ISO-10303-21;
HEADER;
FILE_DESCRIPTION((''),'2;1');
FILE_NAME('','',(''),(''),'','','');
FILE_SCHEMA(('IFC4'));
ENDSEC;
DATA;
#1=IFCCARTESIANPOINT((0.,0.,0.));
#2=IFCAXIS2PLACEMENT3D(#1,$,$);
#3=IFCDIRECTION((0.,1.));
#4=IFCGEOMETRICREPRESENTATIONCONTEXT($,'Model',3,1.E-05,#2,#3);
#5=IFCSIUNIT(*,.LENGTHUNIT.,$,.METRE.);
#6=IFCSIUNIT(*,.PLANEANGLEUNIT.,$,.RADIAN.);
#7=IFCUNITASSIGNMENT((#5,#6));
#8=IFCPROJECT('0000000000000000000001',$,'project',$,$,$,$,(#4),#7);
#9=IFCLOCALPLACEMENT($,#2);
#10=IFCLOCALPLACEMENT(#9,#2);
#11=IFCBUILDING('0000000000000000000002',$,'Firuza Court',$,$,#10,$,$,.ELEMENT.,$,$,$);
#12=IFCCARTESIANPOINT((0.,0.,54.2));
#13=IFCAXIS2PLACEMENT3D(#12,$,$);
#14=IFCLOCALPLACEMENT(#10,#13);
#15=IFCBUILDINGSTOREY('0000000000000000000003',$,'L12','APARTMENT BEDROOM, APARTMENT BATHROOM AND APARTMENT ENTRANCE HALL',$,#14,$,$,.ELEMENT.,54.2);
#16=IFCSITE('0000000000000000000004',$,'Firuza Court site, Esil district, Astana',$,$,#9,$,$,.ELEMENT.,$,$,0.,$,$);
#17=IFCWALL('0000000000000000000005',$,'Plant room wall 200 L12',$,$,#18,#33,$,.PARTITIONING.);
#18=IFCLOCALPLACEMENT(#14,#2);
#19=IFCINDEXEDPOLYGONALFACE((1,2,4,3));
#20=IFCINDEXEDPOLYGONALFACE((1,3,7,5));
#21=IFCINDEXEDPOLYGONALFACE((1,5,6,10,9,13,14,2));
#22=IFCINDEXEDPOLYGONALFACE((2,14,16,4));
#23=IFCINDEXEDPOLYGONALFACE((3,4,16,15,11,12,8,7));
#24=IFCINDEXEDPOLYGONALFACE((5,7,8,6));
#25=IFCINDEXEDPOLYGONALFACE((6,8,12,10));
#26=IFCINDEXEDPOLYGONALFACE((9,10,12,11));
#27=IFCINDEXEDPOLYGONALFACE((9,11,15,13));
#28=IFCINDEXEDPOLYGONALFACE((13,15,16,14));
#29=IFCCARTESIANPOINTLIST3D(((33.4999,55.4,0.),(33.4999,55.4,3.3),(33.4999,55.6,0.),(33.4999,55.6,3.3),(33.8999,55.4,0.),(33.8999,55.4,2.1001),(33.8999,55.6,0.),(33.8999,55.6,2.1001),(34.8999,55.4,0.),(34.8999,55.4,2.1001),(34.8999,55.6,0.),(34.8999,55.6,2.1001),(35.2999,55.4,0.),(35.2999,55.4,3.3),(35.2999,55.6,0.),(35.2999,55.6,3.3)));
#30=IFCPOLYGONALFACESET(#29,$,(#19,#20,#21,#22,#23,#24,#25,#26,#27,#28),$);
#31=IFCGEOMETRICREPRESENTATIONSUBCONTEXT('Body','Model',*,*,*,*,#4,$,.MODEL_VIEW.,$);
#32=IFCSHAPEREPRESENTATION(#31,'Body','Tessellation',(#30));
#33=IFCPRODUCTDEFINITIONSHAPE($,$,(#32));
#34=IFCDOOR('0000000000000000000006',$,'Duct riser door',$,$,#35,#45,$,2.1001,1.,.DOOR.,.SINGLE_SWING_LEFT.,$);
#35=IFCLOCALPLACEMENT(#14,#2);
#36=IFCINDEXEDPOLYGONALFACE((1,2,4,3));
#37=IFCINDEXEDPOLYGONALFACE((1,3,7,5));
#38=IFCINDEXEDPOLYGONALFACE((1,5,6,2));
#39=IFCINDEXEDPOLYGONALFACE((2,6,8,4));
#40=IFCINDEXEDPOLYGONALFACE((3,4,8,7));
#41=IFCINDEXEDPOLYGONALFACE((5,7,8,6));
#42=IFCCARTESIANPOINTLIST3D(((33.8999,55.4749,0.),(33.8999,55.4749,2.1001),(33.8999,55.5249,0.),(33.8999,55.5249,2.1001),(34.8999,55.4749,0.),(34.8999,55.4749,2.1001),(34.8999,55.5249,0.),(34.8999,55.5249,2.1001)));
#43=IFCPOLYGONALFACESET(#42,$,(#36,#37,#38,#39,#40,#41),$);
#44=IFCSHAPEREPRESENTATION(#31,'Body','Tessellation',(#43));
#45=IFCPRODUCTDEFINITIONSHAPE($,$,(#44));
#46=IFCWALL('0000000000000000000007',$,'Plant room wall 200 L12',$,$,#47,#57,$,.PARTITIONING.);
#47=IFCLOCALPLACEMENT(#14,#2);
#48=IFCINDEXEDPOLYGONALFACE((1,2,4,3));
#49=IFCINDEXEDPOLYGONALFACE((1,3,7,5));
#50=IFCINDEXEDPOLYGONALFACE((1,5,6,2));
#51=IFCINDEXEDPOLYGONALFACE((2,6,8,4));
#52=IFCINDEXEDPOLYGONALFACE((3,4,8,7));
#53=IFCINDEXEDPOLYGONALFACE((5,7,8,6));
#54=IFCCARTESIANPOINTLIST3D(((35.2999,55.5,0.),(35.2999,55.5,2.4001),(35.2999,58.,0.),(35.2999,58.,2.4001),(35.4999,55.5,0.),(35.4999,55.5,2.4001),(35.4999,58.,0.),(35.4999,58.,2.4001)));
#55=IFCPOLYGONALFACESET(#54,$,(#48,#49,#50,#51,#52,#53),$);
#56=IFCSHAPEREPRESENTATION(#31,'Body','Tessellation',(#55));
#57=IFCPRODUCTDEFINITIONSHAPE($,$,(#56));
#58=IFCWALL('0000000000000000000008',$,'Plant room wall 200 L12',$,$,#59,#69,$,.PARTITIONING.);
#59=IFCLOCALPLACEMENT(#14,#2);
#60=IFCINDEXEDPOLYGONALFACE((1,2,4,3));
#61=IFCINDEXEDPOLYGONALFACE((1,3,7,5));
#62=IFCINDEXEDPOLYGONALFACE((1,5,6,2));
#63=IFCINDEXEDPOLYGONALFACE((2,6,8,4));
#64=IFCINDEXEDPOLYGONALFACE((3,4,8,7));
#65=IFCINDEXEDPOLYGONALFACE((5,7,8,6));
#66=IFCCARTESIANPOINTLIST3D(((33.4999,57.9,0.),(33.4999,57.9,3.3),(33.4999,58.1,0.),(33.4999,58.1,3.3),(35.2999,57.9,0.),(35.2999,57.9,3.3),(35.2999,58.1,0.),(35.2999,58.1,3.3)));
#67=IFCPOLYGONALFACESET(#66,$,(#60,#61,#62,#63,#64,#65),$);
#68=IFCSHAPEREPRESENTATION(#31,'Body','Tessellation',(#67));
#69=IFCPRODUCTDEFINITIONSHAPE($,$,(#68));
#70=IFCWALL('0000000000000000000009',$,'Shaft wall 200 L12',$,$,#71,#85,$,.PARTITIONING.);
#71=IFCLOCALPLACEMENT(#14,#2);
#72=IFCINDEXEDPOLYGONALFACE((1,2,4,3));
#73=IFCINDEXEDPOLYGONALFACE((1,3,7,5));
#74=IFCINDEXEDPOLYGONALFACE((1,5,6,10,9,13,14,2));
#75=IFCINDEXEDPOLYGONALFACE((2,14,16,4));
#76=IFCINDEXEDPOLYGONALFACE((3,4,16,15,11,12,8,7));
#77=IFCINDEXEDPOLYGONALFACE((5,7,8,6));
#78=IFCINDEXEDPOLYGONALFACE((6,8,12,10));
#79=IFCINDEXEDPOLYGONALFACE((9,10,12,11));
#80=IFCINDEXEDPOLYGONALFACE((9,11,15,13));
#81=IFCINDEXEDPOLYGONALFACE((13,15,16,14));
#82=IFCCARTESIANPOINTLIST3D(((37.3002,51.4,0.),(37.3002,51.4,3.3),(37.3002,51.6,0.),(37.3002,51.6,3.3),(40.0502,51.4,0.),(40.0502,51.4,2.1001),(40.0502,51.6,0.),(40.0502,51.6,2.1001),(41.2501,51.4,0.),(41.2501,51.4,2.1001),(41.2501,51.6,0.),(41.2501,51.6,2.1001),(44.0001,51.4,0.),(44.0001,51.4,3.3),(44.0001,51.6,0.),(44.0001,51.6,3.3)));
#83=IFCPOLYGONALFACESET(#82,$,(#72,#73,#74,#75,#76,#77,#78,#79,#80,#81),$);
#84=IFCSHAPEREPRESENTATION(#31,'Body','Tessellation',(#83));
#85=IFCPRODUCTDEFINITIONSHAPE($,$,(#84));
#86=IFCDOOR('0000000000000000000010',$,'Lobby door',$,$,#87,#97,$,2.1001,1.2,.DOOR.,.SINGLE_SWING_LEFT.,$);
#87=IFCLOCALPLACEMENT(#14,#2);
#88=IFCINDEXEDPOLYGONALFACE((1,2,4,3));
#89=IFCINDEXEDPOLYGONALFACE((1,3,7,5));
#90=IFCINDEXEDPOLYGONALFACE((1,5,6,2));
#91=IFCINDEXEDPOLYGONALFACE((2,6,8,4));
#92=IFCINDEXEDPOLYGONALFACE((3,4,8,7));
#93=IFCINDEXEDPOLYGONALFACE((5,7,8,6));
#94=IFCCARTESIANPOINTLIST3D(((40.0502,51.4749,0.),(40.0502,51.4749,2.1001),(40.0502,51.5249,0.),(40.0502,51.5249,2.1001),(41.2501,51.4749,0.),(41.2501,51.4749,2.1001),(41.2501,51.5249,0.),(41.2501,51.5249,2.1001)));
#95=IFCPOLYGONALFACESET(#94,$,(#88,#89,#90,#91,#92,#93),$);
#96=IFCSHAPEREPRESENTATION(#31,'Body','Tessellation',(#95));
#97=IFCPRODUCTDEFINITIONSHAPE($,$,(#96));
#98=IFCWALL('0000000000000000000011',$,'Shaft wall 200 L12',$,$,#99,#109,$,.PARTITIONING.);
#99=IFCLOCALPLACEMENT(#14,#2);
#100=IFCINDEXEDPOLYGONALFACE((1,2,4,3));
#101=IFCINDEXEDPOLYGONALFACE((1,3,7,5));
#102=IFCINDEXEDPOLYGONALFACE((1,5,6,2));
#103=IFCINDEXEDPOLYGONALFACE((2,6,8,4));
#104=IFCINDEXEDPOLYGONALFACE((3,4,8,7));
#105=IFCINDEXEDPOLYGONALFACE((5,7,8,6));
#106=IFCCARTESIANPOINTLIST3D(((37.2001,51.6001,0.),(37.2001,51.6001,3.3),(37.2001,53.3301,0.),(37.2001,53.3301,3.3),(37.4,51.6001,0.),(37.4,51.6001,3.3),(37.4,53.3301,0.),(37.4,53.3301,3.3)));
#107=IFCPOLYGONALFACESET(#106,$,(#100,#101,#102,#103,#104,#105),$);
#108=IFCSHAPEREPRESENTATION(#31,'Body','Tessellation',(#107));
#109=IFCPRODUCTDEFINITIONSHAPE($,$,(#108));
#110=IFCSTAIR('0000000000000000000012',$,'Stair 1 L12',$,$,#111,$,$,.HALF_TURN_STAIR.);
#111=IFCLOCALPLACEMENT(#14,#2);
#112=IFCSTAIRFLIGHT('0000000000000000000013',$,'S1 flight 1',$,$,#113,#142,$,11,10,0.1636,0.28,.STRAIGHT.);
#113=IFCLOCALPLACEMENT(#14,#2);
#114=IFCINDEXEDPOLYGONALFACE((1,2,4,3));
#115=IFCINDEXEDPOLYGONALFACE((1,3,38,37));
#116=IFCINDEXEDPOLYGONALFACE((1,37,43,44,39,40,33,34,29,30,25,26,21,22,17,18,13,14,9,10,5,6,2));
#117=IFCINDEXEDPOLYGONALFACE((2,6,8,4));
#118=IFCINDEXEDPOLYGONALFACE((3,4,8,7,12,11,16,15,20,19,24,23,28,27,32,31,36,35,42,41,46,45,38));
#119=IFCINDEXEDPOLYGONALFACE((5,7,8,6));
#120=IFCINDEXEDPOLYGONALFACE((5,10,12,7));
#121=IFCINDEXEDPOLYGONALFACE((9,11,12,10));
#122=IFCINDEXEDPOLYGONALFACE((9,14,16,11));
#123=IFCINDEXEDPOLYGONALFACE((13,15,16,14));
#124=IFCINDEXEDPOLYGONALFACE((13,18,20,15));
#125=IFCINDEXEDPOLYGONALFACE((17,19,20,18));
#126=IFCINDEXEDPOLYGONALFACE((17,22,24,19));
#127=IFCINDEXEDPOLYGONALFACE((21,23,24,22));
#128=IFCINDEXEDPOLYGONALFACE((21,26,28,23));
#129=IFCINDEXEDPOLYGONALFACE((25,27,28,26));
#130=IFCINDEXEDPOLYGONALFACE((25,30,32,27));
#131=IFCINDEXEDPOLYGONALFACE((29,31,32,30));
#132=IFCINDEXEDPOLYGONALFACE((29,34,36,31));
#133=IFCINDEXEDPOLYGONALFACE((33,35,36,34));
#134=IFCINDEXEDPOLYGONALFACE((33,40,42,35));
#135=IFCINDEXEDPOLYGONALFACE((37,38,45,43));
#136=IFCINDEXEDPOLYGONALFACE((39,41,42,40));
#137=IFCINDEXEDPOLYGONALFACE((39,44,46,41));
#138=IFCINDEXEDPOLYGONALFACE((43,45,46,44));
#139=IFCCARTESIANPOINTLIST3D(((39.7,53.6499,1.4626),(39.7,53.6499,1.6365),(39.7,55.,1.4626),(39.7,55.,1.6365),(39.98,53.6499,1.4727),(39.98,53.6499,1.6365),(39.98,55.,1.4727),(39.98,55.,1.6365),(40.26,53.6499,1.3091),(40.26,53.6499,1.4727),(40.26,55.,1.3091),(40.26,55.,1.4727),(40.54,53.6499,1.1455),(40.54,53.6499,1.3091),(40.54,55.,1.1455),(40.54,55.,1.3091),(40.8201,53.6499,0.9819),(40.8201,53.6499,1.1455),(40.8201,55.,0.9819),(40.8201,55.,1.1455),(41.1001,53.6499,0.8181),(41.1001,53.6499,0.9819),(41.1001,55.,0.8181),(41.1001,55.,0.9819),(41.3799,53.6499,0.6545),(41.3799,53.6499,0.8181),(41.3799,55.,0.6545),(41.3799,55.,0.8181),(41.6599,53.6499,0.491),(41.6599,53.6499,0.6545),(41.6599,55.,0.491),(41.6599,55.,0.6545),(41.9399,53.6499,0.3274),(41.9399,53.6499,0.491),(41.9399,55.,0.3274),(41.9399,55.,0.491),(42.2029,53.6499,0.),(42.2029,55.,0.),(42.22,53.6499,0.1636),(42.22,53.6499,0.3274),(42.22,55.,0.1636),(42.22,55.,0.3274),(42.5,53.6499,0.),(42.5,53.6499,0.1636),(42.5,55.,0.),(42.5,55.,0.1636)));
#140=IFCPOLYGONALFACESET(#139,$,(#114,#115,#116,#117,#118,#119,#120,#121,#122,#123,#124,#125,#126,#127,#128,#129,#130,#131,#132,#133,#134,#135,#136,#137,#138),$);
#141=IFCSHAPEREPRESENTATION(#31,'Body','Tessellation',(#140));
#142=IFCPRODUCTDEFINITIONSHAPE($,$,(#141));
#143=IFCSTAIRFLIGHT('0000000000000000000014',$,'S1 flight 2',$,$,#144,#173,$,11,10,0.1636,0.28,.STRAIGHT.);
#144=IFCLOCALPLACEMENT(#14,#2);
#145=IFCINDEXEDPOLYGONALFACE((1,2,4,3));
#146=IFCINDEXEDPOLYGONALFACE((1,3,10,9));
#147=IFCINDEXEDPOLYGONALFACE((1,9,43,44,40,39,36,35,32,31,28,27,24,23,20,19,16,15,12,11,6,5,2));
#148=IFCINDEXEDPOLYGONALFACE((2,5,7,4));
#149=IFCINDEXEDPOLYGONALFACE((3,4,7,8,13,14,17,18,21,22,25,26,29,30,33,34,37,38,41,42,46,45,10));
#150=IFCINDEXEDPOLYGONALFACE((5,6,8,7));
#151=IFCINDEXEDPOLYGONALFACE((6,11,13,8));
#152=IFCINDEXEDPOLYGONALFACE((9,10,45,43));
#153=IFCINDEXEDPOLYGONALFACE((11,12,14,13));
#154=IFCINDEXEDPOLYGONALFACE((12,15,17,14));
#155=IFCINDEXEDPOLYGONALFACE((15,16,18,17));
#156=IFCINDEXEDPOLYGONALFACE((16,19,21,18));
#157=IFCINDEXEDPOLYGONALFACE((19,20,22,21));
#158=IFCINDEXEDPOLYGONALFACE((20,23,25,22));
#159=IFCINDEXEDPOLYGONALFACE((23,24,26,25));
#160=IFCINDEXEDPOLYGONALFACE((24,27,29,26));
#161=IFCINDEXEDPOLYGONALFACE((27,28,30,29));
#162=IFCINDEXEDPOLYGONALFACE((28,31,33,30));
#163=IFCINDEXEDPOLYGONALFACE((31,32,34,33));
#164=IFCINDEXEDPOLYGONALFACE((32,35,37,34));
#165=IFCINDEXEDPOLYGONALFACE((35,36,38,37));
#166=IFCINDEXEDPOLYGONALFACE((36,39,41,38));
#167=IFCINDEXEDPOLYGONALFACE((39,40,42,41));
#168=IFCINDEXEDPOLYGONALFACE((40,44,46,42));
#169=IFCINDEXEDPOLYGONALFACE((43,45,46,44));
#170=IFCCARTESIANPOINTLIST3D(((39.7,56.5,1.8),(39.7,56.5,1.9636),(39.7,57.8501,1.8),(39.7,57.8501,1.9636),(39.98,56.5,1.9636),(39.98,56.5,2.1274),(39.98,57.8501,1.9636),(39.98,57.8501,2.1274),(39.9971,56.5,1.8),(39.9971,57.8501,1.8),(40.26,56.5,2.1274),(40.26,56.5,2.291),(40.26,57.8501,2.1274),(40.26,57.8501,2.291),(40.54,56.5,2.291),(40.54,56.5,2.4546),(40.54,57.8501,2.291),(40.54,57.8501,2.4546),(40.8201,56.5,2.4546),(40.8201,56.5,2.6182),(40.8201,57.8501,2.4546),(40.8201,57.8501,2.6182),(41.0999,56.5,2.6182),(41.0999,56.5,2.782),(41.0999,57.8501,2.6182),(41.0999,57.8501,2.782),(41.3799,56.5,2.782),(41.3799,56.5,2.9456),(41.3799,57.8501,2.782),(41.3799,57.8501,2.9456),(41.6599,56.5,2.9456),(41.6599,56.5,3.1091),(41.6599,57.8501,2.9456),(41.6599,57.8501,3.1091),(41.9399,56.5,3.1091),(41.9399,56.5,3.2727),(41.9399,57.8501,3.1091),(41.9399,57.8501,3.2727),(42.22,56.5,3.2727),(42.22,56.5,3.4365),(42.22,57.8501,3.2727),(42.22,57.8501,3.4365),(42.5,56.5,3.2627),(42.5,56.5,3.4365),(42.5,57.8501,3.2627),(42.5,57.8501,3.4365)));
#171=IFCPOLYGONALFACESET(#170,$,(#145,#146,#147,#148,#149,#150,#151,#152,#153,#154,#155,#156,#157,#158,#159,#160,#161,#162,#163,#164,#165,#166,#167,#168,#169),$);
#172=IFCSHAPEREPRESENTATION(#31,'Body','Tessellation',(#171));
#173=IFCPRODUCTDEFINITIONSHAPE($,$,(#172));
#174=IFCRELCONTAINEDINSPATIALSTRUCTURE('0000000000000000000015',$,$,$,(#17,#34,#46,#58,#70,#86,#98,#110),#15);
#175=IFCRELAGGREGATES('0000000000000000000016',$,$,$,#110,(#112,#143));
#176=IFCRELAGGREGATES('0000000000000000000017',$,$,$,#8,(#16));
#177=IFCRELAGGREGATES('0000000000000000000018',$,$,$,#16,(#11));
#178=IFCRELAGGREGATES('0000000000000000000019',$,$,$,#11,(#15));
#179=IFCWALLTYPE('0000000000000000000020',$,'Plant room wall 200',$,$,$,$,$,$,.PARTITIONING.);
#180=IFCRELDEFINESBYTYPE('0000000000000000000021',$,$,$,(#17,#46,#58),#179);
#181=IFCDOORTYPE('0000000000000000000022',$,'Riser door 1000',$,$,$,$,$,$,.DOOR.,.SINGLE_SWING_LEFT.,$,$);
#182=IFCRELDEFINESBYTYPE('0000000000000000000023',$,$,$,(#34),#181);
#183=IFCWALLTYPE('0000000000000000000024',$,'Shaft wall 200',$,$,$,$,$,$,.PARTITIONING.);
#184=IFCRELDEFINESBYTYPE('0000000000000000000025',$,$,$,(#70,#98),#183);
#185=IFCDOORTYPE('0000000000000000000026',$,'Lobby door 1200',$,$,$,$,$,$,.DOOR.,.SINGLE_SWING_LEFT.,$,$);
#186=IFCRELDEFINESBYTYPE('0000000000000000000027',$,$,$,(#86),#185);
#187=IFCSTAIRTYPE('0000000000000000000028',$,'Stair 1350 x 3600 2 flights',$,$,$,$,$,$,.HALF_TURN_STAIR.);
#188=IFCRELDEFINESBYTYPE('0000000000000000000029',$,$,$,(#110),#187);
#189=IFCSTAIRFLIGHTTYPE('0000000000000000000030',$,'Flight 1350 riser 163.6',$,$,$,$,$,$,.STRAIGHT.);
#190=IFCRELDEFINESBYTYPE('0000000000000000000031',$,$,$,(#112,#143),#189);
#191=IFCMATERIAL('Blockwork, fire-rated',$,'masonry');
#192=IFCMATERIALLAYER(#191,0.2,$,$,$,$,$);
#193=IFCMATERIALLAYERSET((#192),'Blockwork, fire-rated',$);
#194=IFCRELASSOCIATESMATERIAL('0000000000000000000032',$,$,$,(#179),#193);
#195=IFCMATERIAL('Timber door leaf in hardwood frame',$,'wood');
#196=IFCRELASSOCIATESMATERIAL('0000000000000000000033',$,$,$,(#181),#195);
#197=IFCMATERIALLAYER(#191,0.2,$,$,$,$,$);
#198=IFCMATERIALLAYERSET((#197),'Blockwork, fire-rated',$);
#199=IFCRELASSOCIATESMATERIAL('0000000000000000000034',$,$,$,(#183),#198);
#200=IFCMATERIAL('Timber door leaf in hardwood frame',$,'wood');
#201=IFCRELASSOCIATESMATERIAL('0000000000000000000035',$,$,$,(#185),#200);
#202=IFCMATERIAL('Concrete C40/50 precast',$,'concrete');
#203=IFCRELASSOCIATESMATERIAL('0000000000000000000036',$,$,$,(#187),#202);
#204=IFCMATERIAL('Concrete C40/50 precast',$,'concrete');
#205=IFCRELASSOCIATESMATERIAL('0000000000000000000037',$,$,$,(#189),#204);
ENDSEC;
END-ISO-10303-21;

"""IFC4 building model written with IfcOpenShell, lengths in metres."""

from ifc_helpers import new_model, si_unit, direction, frame, frame_2d, origin, place, context, subcontext, project, spatial, polyline, rectangle, outline, extrude, material, layer, layer_set, type_object, element, fill, aggregate, save


model = new_model("IFC4")

# Units and contexts
model_context = context("Model", 3, precision=1e-05, world=origin(), true_north=direction((0.0, 1.0)))
body_context = subcontext(model_context, "Body", "Model", "MODEL_VIEW")
ifc_project = project(units=[si_unit("LENGTHUNIT", "METRE"), si_unit("PLANEANGLEUNIT", "RADIAN")], contexts=[model_context])

# Site, building, storey
site_placement = place(None, origin())
site = spatial("IfcSite", under=ifc_project, at=site_placement, Name="Firuza Court site, Esil district, Astana", CompositionType="ELEMENT", RefElevation=0.0)
building_placement = place(site_placement, origin())
building = spatial("IfcBuilding", under=site, at=building_placement, Name="Firuza Court", CompositionType="ELEMENT")
storey_placement = place(building_placement, frame((0.0, 0.0, 54.2)))
storey = spatial("IfcBuildingStorey", under=building, at=storey_placement, Name="L12", Description="APARTMENT BEDROOM, APARTMENT BATHROOM AND APARTMENT ENTRANCE HALL", CompositionType="ELEMENT", Elevation=54.2)

# Shared definitions
ifc_material_1 = material(Name="Blockwork, fire-rated", Category="masonry")
ifc_layer_1 = layer(ifc_material_1, 0.2)
ifc_layer_set_1 = layer_set([ifc_layer_1], Name="Blockwork, fire-rated")
wall_type_1 = type_object("IfcWallType", Name="Plant room wall 200", PredefinedType="PARTITIONING", material=ifc_layer_set_1)

# Wall, opening, door
wall_1_placement = place(storey_placement, frame((33.5, 55.5, 0.0), z_axis=(0.0, 0.0, 1.0), x_axis=(1.0, 0.0, 0.0)))
wall_1 = element("IfcWall", 1, at=wall_1_placement, inside=storey, type_object=wall_type_1, Name="Plant room wall 200 L12", PredefinedType="PARTITIONING", context=body_context, shape_type="SweptSolid", body=[
    extrude(rectangle(XDim=1.8, YDim=0.2, at=frame_2d((0.8999, 0.0))), origin(), (0.0, 0.0, 1.0), 3.3),
])
opening_1_placement = place(wall_1_placement, frame((0.3999, 0.0, 0.0)))
opening_1 = element("IfcOpeningElement", 2, at=opening_1_placement, cuts=wall_1, PredefinedType="OPENING", context=body_context, shape_type="SweptSolid", body=[
    extrude(rectangle(XDim=1.0, YDim=2.1001, at=frame_2d((0.5, 1.05))), frame((0.0, 0.1118, 0.0), z_axis=(0.0, -1.0, 0.0), x_axis=(1.0, 0.0, 0.0)), (0.0, 0.0, 1.0), 0.2239),
])
ifc_material_2 = material(Name="Timber door leaf in hardwood frame", Category="wood")
door_type_1 = type_object("IfcDoorType", Name="Riser door 1000", OperationType="SINGLE_SWING_LEFT", PredefinedType="DOOR", material=ifc_material_2)
door_1_placement = place(opening_1_placement, origin())
door_1 = element("IfcDoor", 3, at=door_1_placement, inside=storey, type_object=door_type_1, Name="Duct riser door", OperationType="SINGLE_SWING_LEFT", OverallHeight=2.1001, OverallWidth=1.0, PredefinedType="DOOR", context=body_context, shape_type="SweptSolid", body=[
    extrude(rectangle(XDim=1.0, YDim=2.1001, at=frame_2d((0.5, 1.05))), frame((0.0, 0.0249, 0.0), z_axis=(0.0, -1.0, 0.0), x_axis=(1.0, 0.0, 0.0)), (0.0, 0.0, 1.0), 0.05),
])
fill(opening_1, door_1)

# Walls
wall_2_placement = place(storey_placement, frame((35.3999, 55.5, 0.0), z_axis=(0.0, 0.0, 1.0), x_axis=(0.0, 1.0, 0.0)))
element("IfcWall", 4, at=wall_2_placement, inside=storey, type_object=wall_type_1, Name="Plant room wall 200 L12", PredefinedType="PARTITIONING", context=body_context, shape_type="SweptSolid", body=[
    extrude(rectangle(XDim=2.5, YDim=0.2, at=frame_2d((1.25, 0.0))), origin(), (0.0, 0.0, 1.0), 2.4001),
])
wall_3_placement = place(storey_placement, frame((33.5, 58.0, 0.0), z_axis=(0.0, 0.0, 1.0), x_axis=(1.0, 0.0, 0.0)))
element("IfcWall", 5, at=wall_3_placement, inside=storey, type_object=wall_type_1, Name="Plant room wall 200 L12", PredefinedType="PARTITIONING", context=body_context, shape_type="SweptSolid", body=[
    extrude(rectangle(XDim=1.8, YDim=0.2, at=frame_2d((0.8999, 0.0))), origin(), (0.0, 0.0, 1.0), 3.3),
])

# Wall, opening, door
ifc_layer_2 = layer(ifc_material_1, 0.2)
ifc_layer_set_2 = layer_set([ifc_layer_2], Name="Blockwork, fire-rated")
wall_type_2 = type_object("IfcWallType", Name="Shaft wall 200", PredefinedType="PARTITIONING", material=ifc_layer_set_2)
wall_4_placement = place(storey_placement, frame((37.3, 51.5, 0.0), z_axis=(0.0, 0.0, 1.0), x_axis=(1.0, 0.0, 0.0)))
wall_4 = element("IfcWall", 6, at=wall_4_placement, inside=storey, type_object=wall_type_2, Name="Shaft wall 200 L12", PredefinedType="PARTITIONING", context=body_context, shape_type="SweptSolid", body=[
    extrude(rectangle(XDim=6.7, YDim=0.2, at=frame_2d((3.3501, 0.0))), origin(), (0.0, 0.0, 1.0), 3.3),
])
opening_2_placement = place(wall_4_placement, frame((2.75, 0.0, 0.0)))
opening_2 = element("IfcOpeningElement", 7, at=opening_2_placement, cuts=wall_4, PredefinedType="OPENING", context=body_context, shape_type="SweptSolid", body=[
    extrude(rectangle(XDim=1.2, YDim=2.1001, at=frame_2d((0.6001, 1.05))), frame((0.0, 0.1118, 0.0), z_axis=(0.0, -1.0, 0.0), x_axis=(1.0, 0.0, 0.0)), (0.0, 0.0, 1.0), 0.2239),
])
ifc_material_3 = material(Name="Timber door leaf in hardwood frame", Category="wood")
door_type_2 = type_object("IfcDoorType", Name="Lobby door 1200", OperationType="SINGLE_SWING_LEFT", PredefinedType="DOOR", material=ifc_material_3)
door_2_placement = place(opening_2_placement, origin())
door_2 = element("IfcDoor", 8, at=door_2_placement, inside=storey, type_object=door_type_2, Name="Lobby door", OperationType="SINGLE_SWING_LEFT", OverallHeight=2.1001, OverallWidth=1.2, PredefinedType="DOOR", context=body_context, shape_type="SweptSolid", body=[
    extrude(rectangle(XDim=1.2, YDim=2.1001, at=frame_2d((0.6001, 1.05))), frame((0.0, 0.0249, 0.0), z_axis=(0.0, -1.0, 0.0), x_axis=(1.0, 0.0, 0.0)), (0.0, 0.0, 1.0), 0.05),
])
fill(opening_2, door_2)

# Wall
wall_5_placement = place(storey_placement, frame((37.3, 51.6001, 0.0), z_axis=(0.0, 0.0, 1.0), x_axis=(0.0, 1.0, 0.0)))
element("IfcWall", 9, at=wall_5_placement, inside=storey, type_object=wall_type_2, Name="Shaft wall 200 L12", PredefinedType="PARTITIONING", context=body_context, shape_type="SweptSolid", body=[
    extrude(rectangle(XDim=1.73, YDim=0.2, at=frame_2d((0.865, 0.0))), origin(), (0.0, 0.0, 1.0), 3.3),
])

# Stair, stair flights
ifc_material_4 = material(Name="Concrete C40/50 precast", Category="concrete")
stair_type = type_object("IfcStairType", Name="Stair 1350 x 3600 2 flights", PredefinedType="HALF_TURN_STAIR", material=ifc_material_4)
stair_placement = place(storey_placement, origin())
stair = element("IfcStair", 10, at=stair_placement, inside=storey, type_object=stair_type, Name="Stair 1 L12", PredefinedType="HALF_TURN_STAIR")
ifc_material_5 = material(Name="Concrete C40/50 precast", Category="concrete")
stair_flight_type = type_object("IfcStairFlightType", Name="Flight 1350 riser 163.6", PredefinedType="STRAIGHT", material=ifc_material_5)
stair_flight_1_placement = place(storey_placement, frame((42.5, 54.325, 0.0), z_axis=(0.0, 0.0, 1.0), x_axis=(-1.0, 0.0, 0.0)))
stair_flight_1 = element("IfcStairFlight", 11, at=stair_flight_1_placement, type_object=stair_flight_type, Name="S1 flight 1", NumberOfRisers=11, NumberOfTreads=10, PredefinedType="STRAIGHT", RiserHeight=0.1636, TreadLength=0.28, context=body_context, shape_type="SweptSolid", body=[
    extrude(outline(polyline([(0.0, 0.0), (0.0, 0.1636), (0.28, 0.1636), (0.28, 0.3274), (0.5601, 0.3274), (0.5601, 0.491), (0.8401, 0.491), (0.8401, 0.6545), (1.1201, 0.6545), (1.1201, 0.8181), (1.3999, 0.8181), (1.3999, 0.9819), (1.6799, 0.9819), (1.6799, 1.1455), (1.96, 1.1455), (1.96, 1.3091), (2.24, 1.3091), (2.24, 1.4727), (2.52, 1.4727), (2.52, 1.6365), (2.8, 1.6365), (2.8, 1.8), (2.8, 1.4626), (0.2971, 0.0), (0.0, 0.0)])), frame((0.0, 0.675, 0.0), z_axis=(0.0, -1.0, 0.0), x_axis=(1.0, 0.0, 0.0)), (0.0, 0.0, 1.0), 1.3501),
])
stair_flight_2_placement = place(storey_placement, frame((39.7, 57.175, 1.8), z_axis=(0.0, 0.0, 1.0), x_axis=(1.0, 0.0, 0.0)))
stair_flight_2 = element("IfcStairFlight", 12, at=stair_flight_2_placement, type_object=stair_flight_type, Name="S1 flight 2", NumberOfRisers=11, NumberOfTreads=10, PredefinedType="STRAIGHT", RiserHeight=0.1636, TreadLength=0.28, context=body_context, shape_type="SweptSolid", body=[
    extrude(outline(polyline([(0.0, 0.0), (0.0, 0.1636), (0.28, 0.1636), (0.28, 0.3274), (0.5601, 0.3274), (0.5601, 0.491), (0.8401, 0.491), (0.8401, 0.6545), (1.1201, 0.6545), (1.1201, 0.8181), (1.3999, 0.8181), (1.3999, 0.9819), (1.6799, 0.9819), (1.6799, 1.1455), (1.96, 1.1455), (1.96, 1.3091), (2.24, 1.3091), (2.24, 1.4727), (2.52, 1.4727), (2.52, 1.6365), (2.8, 1.6365), (2.8, 1.8), (2.8, 1.4626), (0.2971, 0.0), (0.0, 0.0)])), frame((0.0, 0.675, 0.0), z_axis=(0.0, -1.0, 0.0), x_axis=(1.0, 0.0, 0.0)), (0.0, 0.0, 1.0), 1.3501),
])
aggregate(stair, [stair_flight_1, stair_flight_2])

save(model, "model.ifc")
